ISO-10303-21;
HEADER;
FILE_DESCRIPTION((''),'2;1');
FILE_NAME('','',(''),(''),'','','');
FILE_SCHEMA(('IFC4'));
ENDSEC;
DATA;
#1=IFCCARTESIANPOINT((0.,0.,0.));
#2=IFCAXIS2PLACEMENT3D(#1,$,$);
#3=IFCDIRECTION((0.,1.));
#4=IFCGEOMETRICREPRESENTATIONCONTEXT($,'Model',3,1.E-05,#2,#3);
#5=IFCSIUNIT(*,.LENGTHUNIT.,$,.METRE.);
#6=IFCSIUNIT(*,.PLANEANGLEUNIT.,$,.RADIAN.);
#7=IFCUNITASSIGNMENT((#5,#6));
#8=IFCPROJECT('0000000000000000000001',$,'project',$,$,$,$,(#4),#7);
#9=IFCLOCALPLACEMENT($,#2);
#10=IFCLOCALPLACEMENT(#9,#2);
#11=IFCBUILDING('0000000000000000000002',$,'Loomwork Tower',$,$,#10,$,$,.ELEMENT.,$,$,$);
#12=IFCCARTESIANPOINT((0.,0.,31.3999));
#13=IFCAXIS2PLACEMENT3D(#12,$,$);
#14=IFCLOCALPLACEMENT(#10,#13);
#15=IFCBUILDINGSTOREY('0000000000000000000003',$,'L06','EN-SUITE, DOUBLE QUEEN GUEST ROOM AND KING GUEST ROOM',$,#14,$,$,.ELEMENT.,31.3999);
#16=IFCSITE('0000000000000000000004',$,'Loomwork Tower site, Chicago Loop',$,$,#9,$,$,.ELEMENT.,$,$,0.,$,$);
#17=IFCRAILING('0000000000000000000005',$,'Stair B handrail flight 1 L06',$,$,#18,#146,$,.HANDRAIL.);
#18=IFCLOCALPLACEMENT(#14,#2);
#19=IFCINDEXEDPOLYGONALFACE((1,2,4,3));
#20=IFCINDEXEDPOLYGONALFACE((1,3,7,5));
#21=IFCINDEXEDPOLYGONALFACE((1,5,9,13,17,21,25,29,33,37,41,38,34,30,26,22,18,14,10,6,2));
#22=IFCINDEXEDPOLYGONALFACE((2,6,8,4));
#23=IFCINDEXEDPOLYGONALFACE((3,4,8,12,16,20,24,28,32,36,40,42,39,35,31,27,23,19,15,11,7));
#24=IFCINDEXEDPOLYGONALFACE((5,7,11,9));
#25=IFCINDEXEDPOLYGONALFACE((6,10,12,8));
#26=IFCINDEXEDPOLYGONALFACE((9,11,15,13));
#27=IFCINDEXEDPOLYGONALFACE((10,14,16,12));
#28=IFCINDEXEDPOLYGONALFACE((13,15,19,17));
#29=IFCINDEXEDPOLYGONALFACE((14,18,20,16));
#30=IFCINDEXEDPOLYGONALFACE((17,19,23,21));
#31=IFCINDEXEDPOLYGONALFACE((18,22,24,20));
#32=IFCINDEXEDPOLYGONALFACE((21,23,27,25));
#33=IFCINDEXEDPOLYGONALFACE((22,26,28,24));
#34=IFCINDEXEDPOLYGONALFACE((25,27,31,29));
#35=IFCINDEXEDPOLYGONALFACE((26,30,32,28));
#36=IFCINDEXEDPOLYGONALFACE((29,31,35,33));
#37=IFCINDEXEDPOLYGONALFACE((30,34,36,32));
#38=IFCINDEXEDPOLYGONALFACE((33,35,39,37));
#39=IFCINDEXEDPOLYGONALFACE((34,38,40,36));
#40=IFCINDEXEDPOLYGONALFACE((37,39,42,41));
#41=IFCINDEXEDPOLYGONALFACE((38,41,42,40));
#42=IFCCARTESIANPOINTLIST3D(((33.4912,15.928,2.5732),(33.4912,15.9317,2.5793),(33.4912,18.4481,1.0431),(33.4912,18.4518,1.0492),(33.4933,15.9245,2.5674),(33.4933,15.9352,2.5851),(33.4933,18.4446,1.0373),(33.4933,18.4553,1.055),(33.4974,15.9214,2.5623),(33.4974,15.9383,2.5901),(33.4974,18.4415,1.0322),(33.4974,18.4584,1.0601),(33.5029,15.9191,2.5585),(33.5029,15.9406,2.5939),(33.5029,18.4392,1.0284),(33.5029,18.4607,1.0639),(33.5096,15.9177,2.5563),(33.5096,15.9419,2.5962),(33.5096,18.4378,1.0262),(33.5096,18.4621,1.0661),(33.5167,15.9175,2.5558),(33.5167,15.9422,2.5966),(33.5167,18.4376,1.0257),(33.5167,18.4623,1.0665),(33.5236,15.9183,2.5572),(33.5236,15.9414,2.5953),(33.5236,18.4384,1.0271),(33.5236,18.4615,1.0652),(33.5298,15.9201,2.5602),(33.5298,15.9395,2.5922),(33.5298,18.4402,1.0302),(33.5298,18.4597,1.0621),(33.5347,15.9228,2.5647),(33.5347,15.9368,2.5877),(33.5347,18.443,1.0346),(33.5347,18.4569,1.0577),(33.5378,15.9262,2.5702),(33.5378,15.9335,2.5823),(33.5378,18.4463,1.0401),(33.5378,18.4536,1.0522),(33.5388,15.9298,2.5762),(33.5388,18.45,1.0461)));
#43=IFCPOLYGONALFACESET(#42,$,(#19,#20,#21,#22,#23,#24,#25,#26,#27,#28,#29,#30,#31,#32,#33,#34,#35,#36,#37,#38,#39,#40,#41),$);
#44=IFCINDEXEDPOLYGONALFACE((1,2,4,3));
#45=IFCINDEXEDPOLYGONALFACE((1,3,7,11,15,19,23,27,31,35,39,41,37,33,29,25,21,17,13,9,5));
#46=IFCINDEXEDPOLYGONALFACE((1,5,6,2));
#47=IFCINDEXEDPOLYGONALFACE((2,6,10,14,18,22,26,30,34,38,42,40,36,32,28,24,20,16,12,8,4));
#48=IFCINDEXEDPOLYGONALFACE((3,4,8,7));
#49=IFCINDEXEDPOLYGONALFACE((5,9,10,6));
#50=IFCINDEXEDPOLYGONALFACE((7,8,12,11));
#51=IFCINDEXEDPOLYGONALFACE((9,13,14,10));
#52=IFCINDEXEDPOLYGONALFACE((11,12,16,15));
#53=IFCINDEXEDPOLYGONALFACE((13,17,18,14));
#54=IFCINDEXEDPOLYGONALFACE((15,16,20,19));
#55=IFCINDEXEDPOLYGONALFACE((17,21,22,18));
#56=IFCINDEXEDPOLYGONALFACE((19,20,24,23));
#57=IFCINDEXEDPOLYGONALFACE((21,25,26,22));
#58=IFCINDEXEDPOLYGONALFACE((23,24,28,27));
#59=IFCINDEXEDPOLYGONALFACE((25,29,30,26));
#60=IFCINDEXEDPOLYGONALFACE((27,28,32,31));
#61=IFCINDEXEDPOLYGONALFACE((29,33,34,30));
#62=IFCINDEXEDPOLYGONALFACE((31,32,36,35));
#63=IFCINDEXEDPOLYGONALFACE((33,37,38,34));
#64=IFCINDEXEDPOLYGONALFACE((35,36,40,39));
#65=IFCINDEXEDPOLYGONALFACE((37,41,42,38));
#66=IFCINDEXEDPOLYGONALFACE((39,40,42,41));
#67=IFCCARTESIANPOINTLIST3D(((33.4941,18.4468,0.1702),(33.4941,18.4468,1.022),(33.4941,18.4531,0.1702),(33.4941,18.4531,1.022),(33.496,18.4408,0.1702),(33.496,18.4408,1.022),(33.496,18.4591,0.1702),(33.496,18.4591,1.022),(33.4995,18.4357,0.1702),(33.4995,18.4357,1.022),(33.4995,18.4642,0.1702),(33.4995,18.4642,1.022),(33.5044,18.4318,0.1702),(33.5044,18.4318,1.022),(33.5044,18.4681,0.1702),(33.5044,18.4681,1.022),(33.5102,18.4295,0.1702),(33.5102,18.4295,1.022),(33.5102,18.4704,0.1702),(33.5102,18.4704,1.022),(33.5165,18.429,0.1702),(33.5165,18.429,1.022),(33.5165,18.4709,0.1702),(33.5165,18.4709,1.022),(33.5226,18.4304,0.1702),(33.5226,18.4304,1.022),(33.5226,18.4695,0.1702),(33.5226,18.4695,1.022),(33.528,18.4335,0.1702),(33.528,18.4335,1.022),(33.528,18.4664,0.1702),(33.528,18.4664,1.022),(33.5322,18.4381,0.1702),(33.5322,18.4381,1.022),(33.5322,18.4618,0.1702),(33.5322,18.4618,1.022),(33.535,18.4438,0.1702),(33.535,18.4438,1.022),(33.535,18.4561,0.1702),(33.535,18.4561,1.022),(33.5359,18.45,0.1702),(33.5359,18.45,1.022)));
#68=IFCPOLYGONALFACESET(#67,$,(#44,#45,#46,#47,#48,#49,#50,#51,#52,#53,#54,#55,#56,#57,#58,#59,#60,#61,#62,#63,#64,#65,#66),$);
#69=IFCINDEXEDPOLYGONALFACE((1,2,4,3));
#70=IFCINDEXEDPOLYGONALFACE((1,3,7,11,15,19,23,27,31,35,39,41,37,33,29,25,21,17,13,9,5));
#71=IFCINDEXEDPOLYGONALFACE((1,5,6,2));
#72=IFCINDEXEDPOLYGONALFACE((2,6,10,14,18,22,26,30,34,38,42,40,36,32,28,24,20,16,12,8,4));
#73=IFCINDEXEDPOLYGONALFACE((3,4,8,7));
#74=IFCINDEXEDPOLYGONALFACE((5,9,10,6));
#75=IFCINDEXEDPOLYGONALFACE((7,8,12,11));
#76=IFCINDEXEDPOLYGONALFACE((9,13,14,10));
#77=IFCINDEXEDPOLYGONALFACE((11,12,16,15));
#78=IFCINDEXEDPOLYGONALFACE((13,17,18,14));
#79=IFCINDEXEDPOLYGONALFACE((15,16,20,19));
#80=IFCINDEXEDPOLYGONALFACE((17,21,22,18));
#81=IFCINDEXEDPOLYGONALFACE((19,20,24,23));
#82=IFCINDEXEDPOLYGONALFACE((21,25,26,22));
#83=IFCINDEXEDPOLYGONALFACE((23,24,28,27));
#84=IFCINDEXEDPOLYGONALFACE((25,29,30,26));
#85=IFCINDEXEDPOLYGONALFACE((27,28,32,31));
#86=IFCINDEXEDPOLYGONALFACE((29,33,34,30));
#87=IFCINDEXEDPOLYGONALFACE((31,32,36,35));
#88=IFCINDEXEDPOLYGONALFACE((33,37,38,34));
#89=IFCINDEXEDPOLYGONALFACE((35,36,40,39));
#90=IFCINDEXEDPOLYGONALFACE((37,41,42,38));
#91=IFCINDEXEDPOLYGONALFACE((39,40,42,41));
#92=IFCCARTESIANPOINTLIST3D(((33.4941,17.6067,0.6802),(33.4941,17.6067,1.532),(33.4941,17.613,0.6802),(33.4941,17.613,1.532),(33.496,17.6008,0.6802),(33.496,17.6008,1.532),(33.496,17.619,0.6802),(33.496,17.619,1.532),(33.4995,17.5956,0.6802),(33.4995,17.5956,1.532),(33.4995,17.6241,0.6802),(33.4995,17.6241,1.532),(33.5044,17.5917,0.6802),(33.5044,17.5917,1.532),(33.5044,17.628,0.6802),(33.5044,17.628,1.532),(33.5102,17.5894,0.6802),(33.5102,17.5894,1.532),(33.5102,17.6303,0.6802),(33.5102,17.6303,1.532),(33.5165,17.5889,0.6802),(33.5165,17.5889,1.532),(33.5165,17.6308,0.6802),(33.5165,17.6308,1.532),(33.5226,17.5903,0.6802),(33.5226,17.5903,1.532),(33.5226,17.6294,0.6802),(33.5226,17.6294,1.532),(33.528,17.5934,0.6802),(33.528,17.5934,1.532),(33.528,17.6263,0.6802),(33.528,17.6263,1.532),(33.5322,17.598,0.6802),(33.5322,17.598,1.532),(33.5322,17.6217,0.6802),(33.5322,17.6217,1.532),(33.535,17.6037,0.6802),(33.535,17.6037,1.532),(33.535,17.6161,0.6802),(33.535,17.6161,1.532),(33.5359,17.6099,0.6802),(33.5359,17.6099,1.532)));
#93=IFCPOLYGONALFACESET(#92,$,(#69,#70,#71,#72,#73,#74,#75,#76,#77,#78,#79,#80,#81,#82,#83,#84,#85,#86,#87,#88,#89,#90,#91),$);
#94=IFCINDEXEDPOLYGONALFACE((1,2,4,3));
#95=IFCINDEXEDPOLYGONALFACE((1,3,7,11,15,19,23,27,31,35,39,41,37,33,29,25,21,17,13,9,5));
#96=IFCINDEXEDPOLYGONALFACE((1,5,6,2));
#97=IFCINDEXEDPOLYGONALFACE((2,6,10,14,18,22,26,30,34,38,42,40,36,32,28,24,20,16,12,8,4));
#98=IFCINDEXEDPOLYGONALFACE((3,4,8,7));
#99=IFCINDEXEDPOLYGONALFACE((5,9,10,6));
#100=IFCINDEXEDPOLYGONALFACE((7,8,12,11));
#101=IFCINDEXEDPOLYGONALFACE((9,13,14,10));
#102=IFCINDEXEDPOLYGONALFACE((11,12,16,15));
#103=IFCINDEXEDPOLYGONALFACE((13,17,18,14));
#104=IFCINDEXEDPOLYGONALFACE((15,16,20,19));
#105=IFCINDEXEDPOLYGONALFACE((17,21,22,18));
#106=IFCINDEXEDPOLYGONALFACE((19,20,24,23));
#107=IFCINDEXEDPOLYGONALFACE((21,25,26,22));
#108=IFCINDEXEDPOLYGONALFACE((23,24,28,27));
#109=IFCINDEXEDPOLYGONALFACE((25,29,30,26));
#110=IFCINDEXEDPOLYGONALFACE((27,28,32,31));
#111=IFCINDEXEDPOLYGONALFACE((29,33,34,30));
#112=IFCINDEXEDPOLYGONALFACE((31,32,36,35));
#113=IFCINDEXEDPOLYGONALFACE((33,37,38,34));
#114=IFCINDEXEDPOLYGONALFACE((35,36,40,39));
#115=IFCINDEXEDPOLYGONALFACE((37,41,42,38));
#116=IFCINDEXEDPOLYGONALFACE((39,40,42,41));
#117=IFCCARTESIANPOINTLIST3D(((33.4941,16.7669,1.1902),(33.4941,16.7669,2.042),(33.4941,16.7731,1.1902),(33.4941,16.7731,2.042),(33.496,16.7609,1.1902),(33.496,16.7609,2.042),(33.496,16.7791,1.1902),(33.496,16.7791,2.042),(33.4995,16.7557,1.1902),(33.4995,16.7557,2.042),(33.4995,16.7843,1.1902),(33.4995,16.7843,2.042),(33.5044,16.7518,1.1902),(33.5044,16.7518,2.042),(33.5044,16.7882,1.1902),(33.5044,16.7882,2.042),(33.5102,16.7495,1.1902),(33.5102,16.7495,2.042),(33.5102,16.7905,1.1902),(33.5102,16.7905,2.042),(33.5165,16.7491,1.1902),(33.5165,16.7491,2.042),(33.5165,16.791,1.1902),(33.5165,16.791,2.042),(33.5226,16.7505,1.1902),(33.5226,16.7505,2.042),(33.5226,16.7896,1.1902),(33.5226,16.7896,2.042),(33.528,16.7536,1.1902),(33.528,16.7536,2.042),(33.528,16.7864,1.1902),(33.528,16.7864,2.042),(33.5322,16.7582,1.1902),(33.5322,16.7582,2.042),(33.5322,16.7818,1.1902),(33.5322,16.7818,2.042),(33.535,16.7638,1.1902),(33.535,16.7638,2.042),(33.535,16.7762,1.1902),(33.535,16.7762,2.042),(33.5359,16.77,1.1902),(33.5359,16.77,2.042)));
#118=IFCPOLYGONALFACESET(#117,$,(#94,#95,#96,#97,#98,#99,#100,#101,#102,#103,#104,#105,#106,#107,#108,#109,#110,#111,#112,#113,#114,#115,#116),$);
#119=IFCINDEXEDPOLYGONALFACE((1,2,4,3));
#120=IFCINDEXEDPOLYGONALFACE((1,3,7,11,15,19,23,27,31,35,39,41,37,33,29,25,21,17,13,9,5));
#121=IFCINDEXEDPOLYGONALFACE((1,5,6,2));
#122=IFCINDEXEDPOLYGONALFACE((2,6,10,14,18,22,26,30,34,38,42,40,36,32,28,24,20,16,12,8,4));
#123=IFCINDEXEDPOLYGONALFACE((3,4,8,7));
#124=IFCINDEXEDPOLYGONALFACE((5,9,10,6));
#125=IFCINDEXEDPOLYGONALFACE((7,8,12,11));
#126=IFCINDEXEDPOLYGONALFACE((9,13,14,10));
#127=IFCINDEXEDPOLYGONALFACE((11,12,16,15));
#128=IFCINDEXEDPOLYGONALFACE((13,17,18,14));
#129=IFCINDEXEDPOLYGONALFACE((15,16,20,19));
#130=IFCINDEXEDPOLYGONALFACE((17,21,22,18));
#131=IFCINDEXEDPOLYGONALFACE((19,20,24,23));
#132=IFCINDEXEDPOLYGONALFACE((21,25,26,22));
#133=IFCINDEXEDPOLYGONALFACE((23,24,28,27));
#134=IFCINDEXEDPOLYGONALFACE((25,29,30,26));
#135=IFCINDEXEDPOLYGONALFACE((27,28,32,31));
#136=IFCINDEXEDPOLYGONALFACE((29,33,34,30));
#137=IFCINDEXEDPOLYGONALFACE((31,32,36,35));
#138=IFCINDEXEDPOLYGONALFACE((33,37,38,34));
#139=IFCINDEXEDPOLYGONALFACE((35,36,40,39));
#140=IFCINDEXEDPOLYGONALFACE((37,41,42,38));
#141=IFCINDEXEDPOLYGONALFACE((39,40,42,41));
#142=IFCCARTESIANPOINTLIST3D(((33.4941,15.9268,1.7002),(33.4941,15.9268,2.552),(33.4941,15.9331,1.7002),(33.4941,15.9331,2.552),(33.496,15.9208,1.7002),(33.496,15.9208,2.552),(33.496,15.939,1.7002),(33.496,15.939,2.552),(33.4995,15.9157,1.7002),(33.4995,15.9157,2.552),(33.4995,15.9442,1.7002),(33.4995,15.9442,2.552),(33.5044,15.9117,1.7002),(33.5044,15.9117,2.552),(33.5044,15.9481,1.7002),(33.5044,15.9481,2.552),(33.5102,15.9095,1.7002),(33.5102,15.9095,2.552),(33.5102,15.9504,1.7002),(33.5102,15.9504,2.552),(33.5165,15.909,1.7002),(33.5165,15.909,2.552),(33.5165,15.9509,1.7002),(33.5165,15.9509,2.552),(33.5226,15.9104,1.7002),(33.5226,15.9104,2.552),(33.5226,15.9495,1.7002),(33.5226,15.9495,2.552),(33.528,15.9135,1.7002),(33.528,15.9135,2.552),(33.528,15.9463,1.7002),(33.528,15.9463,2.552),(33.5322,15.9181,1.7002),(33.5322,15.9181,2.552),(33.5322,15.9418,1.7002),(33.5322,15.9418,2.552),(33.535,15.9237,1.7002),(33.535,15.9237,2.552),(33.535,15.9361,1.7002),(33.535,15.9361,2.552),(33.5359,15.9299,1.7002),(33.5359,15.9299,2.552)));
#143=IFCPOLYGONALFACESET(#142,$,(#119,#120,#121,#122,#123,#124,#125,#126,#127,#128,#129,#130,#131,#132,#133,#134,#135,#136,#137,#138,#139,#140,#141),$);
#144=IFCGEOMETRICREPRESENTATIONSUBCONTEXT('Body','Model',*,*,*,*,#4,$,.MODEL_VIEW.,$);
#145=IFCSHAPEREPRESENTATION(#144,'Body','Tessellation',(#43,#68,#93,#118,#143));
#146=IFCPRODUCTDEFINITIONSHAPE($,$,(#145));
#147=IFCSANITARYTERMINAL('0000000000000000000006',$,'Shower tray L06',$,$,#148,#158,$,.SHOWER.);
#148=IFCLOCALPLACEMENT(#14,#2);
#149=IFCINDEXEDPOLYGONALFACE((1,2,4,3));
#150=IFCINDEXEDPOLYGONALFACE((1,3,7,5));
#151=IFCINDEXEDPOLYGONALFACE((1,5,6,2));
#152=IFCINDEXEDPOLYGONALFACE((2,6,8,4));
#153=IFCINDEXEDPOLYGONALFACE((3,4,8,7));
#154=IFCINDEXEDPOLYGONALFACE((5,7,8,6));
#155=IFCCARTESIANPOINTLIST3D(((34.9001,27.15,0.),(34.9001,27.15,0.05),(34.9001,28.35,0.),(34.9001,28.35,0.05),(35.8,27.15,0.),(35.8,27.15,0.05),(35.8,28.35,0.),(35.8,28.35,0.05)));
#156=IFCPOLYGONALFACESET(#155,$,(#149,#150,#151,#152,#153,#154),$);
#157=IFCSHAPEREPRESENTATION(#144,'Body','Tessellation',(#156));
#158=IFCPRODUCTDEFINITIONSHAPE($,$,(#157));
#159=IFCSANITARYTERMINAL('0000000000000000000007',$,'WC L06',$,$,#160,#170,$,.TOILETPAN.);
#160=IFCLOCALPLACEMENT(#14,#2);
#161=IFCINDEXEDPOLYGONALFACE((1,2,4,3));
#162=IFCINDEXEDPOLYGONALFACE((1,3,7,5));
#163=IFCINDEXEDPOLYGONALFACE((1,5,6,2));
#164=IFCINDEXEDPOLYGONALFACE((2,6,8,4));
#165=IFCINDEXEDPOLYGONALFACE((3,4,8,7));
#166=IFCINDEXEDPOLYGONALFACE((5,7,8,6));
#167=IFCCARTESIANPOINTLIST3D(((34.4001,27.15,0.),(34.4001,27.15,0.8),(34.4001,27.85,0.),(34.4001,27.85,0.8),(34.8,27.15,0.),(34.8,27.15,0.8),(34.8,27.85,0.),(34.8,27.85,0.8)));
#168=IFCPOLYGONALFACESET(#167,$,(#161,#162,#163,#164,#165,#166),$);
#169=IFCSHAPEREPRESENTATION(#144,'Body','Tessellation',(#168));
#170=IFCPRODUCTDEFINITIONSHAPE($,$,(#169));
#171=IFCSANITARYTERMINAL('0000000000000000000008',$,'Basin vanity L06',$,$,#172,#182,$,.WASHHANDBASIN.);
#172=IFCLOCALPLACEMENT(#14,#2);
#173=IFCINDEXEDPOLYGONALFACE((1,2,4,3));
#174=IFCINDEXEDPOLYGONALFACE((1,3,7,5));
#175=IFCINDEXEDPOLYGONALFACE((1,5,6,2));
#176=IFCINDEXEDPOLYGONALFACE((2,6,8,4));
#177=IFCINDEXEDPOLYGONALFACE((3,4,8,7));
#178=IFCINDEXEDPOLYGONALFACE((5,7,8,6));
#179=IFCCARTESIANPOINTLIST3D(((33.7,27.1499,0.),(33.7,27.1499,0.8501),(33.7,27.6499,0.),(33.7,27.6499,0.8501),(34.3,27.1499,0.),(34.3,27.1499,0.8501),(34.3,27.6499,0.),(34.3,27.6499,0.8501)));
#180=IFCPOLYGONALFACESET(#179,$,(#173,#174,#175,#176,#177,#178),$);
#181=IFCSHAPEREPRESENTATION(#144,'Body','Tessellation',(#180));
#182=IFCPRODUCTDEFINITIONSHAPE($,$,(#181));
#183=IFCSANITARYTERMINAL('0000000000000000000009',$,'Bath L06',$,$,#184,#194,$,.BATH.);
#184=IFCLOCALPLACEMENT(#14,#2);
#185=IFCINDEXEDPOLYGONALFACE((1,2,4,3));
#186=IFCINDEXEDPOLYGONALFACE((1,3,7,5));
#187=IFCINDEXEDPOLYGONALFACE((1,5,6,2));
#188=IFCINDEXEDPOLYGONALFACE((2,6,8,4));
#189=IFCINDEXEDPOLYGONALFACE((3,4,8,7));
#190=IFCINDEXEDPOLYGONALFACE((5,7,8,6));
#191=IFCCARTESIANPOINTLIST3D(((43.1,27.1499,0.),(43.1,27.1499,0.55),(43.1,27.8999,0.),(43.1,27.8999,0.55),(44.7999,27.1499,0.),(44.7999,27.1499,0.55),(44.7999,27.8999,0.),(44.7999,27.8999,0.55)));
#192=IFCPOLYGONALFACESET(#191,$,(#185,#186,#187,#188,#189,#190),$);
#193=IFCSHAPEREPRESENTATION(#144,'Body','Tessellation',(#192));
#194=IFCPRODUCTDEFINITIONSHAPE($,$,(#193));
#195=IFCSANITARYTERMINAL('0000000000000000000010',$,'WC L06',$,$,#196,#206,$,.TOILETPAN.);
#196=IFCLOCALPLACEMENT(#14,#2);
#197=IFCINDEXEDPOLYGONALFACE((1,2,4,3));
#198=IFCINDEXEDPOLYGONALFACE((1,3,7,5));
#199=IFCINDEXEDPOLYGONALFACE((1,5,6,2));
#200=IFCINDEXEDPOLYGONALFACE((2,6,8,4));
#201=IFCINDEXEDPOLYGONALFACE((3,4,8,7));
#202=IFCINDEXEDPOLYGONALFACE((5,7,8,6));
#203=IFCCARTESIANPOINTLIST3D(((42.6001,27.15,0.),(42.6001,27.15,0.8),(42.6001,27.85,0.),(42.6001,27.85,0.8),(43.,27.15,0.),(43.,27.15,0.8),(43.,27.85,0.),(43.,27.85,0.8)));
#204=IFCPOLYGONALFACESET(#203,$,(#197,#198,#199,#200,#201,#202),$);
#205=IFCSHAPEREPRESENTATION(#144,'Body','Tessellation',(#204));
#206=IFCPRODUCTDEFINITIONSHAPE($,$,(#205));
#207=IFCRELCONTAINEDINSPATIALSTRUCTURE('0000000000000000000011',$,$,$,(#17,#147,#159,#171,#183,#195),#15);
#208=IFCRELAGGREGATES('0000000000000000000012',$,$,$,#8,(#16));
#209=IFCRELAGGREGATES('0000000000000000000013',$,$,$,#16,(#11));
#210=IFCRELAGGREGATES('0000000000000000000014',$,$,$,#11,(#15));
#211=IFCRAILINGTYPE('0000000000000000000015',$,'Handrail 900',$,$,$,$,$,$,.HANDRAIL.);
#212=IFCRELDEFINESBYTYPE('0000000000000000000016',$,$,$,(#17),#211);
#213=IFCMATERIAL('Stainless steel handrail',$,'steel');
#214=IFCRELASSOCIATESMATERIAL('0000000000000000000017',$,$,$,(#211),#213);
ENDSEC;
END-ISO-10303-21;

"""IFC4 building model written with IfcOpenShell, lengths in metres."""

from ifc_helpers import new_model, si_unit, direction, frame, origin, origin_2d, place, context, subcontext, project, spatial, rectangle, circle, extrude, material, type_object, element, save


model = new_model("IFC4")

# Units and contexts
model_context = context("Model", 3, precision=1e-05, world=origin(), true_north=direction((0.0, 1.0)))
body_context = subcontext(model_context, "Body", "Model", "MODEL_VIEW")
ifc_project = project(units=[si_unit("LENGTHUNIT", "METRE"), si_unit("PLANEANGLEUNIT", "RADIAN")], contexts=[model_context])

# Site, building, storey
site_placement = place(None, origin())
site = spatial("IfcSite", under=ifc_project, at=site_placement, Name="Loomwork Tower site, Chicago Loop", CompositionType="ELEMENT", RefElevation=0.0)
building_placement = place(site_placement, origin())
building = spatial("IfcBuilding", under=site, at=building_placement, Name="Loomwork Tower", CompositionType="ELEMENT")
storey_placement = place(building_placement, frame((0.0, 0.0, 31.3999)))
storey = spatial("IfcBuildingStorey", under=building, at=storey_placement, Name="L06", Description="EN-SUITE, DOUBLE QUEEN GUEST ROOM AND KING GUEST ROOM", CompositionType="ELEMENT", Elevation=31.3999)

# Railing
ifc_material_1 = material(Name="Stainless steel handrail", Category="steel")
railing_type = type_object("IfcRailingType", Name="Handrail 900", PredefinedType="HANDRAIL", material=ifc_material_1)
railing_placement = place(storey_placement, frame((33.5149, 18.45, 0.1702)))
element("IfcRailing", 1, at=railing_placement, inside=storey, type_object=railing_type, Name="Stair B handrail flight 1 L06", PredefinedType="HANDRAIL", context=body_context, shape_type="SweptSolid", body=[
    extrude(circle(Radius=0.0239, at=origin_2d()), frame((0.0, 0.0, 0.876), z_axis=(0.0, -0.854785, 0.518982), x_axis=(1.0, 0.0, 0.0)), (0.0, 0.0, 1.0), 2.9482),
    extrude(circle(Radius=0.021, at=origin_2d()), origin(), (0.0, 0.0, 1.0), 0.8518),
    extrude(circle(Radius=0.021, at=origin_2d()), frame((0.0, -0.8401, 0.51)), (0.0, 0.0, 1.0), 0.8518),
    extrude(circle(Radius=0.021, at=origin_2d()), frame((0.0, -1.6799, 1.02)), (0.0, 0.0, 1.0), 0.8518),
    extrude(circle(Radius=0.021, at=origin_2d()), frame((0.0, -2.52, 1.53)), (0.0, 0.0, 1.0), 0.8518),
])

# Sanitary terminals
sanitary_terminal_1_placement = place(storey_placement, frame((35.3501, 27.75, 0.0), z_axis=(0.0, 0.0, 1.0), x_axis=(1.0, 0.0, 0.0)))
element("IfcSanitaryTerminal", 2, at=sanitary_terminal_1_placement, inside=storey, Name="Shower tray L06", PredefinedType="SHOWER", context=body_context, shape_type="SweptSolid", body=[
    extrude(rectangle(XDim=0.8999, YDim=1.2, at=origin_2d()), origin(), (0.0, 0.0, 1.0), 0.05),
])
sanitary_terminal_2_placement = place(storey_placement, frame((34.6001, 27.5, 0.0), z_axis=(0.0, 0.0, 1.0), x_axis=(1.0, 0.0, 0.0)))
element("IfcSanitaryTerminal", 3, at=sanitary_terminal_2_placement, inside=storey, Name="WC L06", PredefinedType="TOILETPAN", context=body_context, shape_type="SweptSolid", body=[
    extrude(rectangle(XDim=0.3999, YDim=0.7, at=origin_2d()), origin(), (0.0, 0.0, 1.0), 0.8),
])
sanitary_terminal_3_placement = place(storey_placement, frame((34.0, 27.3999, 0.0), z_axis=(0.0, 0.0, 1.0), x_axis=(1.0, 0.0, 0.0)))
element("IfcSanitaryTerminal", 4, at=sanitary_terminal_3_placement, inside=storey, Name="Basin vanity L06", PredefinedType="WASHHANDBASIN", context=body_context, shape_type="SweptSolid", body=[
    extrude(rectangle(XDim=0.6001, YDim=0.5, at=origin_2d()), origin(), (0.0, 0.0, 1.0), 0.8501),
])
sanitary_terminal_4_placement = place(storey_placement, frame((43.95, 27.5249, 0.0), z_axis=(0.0, 0.0, 1.0), x_axis=(1.0, 0.0, 0.0)))
element("IfcSanitaryTerminal", 5, at=sanitary_terminal_4_placement, inside=storey, Name="Bath L06", PredefinedType="BATH", context=body_context, shape_type="SweptSolid", body=[
    extrude(rectangle(XDim=1.7, YDim=0.75, at=origin_2d()), origin(), (0.0, 0.0, 1.0), 0.55),
])
sanitary_terminal_5_placement = place(storey_placement, frame((42.8, 27.5, 0.0), z_axis=(0.0, 0.0, 1.0), x_axis=(1.0, 0.0, 0.0)))
element("IfcSanitaryTerminal", 6, at=sanitary_terminal_5_placement, inside=storey, Name="WC L06", PredefinedType="TOILETPAN", context=body_context, shape_type="SweptSolid", body=[
    extrude(rectangle(XDim=0.3999, YDim=0.7, at=origin_2d()), origin(), (0.0, 0.0, 1.0), 0.8),
])

save(model, "model.ifc")
